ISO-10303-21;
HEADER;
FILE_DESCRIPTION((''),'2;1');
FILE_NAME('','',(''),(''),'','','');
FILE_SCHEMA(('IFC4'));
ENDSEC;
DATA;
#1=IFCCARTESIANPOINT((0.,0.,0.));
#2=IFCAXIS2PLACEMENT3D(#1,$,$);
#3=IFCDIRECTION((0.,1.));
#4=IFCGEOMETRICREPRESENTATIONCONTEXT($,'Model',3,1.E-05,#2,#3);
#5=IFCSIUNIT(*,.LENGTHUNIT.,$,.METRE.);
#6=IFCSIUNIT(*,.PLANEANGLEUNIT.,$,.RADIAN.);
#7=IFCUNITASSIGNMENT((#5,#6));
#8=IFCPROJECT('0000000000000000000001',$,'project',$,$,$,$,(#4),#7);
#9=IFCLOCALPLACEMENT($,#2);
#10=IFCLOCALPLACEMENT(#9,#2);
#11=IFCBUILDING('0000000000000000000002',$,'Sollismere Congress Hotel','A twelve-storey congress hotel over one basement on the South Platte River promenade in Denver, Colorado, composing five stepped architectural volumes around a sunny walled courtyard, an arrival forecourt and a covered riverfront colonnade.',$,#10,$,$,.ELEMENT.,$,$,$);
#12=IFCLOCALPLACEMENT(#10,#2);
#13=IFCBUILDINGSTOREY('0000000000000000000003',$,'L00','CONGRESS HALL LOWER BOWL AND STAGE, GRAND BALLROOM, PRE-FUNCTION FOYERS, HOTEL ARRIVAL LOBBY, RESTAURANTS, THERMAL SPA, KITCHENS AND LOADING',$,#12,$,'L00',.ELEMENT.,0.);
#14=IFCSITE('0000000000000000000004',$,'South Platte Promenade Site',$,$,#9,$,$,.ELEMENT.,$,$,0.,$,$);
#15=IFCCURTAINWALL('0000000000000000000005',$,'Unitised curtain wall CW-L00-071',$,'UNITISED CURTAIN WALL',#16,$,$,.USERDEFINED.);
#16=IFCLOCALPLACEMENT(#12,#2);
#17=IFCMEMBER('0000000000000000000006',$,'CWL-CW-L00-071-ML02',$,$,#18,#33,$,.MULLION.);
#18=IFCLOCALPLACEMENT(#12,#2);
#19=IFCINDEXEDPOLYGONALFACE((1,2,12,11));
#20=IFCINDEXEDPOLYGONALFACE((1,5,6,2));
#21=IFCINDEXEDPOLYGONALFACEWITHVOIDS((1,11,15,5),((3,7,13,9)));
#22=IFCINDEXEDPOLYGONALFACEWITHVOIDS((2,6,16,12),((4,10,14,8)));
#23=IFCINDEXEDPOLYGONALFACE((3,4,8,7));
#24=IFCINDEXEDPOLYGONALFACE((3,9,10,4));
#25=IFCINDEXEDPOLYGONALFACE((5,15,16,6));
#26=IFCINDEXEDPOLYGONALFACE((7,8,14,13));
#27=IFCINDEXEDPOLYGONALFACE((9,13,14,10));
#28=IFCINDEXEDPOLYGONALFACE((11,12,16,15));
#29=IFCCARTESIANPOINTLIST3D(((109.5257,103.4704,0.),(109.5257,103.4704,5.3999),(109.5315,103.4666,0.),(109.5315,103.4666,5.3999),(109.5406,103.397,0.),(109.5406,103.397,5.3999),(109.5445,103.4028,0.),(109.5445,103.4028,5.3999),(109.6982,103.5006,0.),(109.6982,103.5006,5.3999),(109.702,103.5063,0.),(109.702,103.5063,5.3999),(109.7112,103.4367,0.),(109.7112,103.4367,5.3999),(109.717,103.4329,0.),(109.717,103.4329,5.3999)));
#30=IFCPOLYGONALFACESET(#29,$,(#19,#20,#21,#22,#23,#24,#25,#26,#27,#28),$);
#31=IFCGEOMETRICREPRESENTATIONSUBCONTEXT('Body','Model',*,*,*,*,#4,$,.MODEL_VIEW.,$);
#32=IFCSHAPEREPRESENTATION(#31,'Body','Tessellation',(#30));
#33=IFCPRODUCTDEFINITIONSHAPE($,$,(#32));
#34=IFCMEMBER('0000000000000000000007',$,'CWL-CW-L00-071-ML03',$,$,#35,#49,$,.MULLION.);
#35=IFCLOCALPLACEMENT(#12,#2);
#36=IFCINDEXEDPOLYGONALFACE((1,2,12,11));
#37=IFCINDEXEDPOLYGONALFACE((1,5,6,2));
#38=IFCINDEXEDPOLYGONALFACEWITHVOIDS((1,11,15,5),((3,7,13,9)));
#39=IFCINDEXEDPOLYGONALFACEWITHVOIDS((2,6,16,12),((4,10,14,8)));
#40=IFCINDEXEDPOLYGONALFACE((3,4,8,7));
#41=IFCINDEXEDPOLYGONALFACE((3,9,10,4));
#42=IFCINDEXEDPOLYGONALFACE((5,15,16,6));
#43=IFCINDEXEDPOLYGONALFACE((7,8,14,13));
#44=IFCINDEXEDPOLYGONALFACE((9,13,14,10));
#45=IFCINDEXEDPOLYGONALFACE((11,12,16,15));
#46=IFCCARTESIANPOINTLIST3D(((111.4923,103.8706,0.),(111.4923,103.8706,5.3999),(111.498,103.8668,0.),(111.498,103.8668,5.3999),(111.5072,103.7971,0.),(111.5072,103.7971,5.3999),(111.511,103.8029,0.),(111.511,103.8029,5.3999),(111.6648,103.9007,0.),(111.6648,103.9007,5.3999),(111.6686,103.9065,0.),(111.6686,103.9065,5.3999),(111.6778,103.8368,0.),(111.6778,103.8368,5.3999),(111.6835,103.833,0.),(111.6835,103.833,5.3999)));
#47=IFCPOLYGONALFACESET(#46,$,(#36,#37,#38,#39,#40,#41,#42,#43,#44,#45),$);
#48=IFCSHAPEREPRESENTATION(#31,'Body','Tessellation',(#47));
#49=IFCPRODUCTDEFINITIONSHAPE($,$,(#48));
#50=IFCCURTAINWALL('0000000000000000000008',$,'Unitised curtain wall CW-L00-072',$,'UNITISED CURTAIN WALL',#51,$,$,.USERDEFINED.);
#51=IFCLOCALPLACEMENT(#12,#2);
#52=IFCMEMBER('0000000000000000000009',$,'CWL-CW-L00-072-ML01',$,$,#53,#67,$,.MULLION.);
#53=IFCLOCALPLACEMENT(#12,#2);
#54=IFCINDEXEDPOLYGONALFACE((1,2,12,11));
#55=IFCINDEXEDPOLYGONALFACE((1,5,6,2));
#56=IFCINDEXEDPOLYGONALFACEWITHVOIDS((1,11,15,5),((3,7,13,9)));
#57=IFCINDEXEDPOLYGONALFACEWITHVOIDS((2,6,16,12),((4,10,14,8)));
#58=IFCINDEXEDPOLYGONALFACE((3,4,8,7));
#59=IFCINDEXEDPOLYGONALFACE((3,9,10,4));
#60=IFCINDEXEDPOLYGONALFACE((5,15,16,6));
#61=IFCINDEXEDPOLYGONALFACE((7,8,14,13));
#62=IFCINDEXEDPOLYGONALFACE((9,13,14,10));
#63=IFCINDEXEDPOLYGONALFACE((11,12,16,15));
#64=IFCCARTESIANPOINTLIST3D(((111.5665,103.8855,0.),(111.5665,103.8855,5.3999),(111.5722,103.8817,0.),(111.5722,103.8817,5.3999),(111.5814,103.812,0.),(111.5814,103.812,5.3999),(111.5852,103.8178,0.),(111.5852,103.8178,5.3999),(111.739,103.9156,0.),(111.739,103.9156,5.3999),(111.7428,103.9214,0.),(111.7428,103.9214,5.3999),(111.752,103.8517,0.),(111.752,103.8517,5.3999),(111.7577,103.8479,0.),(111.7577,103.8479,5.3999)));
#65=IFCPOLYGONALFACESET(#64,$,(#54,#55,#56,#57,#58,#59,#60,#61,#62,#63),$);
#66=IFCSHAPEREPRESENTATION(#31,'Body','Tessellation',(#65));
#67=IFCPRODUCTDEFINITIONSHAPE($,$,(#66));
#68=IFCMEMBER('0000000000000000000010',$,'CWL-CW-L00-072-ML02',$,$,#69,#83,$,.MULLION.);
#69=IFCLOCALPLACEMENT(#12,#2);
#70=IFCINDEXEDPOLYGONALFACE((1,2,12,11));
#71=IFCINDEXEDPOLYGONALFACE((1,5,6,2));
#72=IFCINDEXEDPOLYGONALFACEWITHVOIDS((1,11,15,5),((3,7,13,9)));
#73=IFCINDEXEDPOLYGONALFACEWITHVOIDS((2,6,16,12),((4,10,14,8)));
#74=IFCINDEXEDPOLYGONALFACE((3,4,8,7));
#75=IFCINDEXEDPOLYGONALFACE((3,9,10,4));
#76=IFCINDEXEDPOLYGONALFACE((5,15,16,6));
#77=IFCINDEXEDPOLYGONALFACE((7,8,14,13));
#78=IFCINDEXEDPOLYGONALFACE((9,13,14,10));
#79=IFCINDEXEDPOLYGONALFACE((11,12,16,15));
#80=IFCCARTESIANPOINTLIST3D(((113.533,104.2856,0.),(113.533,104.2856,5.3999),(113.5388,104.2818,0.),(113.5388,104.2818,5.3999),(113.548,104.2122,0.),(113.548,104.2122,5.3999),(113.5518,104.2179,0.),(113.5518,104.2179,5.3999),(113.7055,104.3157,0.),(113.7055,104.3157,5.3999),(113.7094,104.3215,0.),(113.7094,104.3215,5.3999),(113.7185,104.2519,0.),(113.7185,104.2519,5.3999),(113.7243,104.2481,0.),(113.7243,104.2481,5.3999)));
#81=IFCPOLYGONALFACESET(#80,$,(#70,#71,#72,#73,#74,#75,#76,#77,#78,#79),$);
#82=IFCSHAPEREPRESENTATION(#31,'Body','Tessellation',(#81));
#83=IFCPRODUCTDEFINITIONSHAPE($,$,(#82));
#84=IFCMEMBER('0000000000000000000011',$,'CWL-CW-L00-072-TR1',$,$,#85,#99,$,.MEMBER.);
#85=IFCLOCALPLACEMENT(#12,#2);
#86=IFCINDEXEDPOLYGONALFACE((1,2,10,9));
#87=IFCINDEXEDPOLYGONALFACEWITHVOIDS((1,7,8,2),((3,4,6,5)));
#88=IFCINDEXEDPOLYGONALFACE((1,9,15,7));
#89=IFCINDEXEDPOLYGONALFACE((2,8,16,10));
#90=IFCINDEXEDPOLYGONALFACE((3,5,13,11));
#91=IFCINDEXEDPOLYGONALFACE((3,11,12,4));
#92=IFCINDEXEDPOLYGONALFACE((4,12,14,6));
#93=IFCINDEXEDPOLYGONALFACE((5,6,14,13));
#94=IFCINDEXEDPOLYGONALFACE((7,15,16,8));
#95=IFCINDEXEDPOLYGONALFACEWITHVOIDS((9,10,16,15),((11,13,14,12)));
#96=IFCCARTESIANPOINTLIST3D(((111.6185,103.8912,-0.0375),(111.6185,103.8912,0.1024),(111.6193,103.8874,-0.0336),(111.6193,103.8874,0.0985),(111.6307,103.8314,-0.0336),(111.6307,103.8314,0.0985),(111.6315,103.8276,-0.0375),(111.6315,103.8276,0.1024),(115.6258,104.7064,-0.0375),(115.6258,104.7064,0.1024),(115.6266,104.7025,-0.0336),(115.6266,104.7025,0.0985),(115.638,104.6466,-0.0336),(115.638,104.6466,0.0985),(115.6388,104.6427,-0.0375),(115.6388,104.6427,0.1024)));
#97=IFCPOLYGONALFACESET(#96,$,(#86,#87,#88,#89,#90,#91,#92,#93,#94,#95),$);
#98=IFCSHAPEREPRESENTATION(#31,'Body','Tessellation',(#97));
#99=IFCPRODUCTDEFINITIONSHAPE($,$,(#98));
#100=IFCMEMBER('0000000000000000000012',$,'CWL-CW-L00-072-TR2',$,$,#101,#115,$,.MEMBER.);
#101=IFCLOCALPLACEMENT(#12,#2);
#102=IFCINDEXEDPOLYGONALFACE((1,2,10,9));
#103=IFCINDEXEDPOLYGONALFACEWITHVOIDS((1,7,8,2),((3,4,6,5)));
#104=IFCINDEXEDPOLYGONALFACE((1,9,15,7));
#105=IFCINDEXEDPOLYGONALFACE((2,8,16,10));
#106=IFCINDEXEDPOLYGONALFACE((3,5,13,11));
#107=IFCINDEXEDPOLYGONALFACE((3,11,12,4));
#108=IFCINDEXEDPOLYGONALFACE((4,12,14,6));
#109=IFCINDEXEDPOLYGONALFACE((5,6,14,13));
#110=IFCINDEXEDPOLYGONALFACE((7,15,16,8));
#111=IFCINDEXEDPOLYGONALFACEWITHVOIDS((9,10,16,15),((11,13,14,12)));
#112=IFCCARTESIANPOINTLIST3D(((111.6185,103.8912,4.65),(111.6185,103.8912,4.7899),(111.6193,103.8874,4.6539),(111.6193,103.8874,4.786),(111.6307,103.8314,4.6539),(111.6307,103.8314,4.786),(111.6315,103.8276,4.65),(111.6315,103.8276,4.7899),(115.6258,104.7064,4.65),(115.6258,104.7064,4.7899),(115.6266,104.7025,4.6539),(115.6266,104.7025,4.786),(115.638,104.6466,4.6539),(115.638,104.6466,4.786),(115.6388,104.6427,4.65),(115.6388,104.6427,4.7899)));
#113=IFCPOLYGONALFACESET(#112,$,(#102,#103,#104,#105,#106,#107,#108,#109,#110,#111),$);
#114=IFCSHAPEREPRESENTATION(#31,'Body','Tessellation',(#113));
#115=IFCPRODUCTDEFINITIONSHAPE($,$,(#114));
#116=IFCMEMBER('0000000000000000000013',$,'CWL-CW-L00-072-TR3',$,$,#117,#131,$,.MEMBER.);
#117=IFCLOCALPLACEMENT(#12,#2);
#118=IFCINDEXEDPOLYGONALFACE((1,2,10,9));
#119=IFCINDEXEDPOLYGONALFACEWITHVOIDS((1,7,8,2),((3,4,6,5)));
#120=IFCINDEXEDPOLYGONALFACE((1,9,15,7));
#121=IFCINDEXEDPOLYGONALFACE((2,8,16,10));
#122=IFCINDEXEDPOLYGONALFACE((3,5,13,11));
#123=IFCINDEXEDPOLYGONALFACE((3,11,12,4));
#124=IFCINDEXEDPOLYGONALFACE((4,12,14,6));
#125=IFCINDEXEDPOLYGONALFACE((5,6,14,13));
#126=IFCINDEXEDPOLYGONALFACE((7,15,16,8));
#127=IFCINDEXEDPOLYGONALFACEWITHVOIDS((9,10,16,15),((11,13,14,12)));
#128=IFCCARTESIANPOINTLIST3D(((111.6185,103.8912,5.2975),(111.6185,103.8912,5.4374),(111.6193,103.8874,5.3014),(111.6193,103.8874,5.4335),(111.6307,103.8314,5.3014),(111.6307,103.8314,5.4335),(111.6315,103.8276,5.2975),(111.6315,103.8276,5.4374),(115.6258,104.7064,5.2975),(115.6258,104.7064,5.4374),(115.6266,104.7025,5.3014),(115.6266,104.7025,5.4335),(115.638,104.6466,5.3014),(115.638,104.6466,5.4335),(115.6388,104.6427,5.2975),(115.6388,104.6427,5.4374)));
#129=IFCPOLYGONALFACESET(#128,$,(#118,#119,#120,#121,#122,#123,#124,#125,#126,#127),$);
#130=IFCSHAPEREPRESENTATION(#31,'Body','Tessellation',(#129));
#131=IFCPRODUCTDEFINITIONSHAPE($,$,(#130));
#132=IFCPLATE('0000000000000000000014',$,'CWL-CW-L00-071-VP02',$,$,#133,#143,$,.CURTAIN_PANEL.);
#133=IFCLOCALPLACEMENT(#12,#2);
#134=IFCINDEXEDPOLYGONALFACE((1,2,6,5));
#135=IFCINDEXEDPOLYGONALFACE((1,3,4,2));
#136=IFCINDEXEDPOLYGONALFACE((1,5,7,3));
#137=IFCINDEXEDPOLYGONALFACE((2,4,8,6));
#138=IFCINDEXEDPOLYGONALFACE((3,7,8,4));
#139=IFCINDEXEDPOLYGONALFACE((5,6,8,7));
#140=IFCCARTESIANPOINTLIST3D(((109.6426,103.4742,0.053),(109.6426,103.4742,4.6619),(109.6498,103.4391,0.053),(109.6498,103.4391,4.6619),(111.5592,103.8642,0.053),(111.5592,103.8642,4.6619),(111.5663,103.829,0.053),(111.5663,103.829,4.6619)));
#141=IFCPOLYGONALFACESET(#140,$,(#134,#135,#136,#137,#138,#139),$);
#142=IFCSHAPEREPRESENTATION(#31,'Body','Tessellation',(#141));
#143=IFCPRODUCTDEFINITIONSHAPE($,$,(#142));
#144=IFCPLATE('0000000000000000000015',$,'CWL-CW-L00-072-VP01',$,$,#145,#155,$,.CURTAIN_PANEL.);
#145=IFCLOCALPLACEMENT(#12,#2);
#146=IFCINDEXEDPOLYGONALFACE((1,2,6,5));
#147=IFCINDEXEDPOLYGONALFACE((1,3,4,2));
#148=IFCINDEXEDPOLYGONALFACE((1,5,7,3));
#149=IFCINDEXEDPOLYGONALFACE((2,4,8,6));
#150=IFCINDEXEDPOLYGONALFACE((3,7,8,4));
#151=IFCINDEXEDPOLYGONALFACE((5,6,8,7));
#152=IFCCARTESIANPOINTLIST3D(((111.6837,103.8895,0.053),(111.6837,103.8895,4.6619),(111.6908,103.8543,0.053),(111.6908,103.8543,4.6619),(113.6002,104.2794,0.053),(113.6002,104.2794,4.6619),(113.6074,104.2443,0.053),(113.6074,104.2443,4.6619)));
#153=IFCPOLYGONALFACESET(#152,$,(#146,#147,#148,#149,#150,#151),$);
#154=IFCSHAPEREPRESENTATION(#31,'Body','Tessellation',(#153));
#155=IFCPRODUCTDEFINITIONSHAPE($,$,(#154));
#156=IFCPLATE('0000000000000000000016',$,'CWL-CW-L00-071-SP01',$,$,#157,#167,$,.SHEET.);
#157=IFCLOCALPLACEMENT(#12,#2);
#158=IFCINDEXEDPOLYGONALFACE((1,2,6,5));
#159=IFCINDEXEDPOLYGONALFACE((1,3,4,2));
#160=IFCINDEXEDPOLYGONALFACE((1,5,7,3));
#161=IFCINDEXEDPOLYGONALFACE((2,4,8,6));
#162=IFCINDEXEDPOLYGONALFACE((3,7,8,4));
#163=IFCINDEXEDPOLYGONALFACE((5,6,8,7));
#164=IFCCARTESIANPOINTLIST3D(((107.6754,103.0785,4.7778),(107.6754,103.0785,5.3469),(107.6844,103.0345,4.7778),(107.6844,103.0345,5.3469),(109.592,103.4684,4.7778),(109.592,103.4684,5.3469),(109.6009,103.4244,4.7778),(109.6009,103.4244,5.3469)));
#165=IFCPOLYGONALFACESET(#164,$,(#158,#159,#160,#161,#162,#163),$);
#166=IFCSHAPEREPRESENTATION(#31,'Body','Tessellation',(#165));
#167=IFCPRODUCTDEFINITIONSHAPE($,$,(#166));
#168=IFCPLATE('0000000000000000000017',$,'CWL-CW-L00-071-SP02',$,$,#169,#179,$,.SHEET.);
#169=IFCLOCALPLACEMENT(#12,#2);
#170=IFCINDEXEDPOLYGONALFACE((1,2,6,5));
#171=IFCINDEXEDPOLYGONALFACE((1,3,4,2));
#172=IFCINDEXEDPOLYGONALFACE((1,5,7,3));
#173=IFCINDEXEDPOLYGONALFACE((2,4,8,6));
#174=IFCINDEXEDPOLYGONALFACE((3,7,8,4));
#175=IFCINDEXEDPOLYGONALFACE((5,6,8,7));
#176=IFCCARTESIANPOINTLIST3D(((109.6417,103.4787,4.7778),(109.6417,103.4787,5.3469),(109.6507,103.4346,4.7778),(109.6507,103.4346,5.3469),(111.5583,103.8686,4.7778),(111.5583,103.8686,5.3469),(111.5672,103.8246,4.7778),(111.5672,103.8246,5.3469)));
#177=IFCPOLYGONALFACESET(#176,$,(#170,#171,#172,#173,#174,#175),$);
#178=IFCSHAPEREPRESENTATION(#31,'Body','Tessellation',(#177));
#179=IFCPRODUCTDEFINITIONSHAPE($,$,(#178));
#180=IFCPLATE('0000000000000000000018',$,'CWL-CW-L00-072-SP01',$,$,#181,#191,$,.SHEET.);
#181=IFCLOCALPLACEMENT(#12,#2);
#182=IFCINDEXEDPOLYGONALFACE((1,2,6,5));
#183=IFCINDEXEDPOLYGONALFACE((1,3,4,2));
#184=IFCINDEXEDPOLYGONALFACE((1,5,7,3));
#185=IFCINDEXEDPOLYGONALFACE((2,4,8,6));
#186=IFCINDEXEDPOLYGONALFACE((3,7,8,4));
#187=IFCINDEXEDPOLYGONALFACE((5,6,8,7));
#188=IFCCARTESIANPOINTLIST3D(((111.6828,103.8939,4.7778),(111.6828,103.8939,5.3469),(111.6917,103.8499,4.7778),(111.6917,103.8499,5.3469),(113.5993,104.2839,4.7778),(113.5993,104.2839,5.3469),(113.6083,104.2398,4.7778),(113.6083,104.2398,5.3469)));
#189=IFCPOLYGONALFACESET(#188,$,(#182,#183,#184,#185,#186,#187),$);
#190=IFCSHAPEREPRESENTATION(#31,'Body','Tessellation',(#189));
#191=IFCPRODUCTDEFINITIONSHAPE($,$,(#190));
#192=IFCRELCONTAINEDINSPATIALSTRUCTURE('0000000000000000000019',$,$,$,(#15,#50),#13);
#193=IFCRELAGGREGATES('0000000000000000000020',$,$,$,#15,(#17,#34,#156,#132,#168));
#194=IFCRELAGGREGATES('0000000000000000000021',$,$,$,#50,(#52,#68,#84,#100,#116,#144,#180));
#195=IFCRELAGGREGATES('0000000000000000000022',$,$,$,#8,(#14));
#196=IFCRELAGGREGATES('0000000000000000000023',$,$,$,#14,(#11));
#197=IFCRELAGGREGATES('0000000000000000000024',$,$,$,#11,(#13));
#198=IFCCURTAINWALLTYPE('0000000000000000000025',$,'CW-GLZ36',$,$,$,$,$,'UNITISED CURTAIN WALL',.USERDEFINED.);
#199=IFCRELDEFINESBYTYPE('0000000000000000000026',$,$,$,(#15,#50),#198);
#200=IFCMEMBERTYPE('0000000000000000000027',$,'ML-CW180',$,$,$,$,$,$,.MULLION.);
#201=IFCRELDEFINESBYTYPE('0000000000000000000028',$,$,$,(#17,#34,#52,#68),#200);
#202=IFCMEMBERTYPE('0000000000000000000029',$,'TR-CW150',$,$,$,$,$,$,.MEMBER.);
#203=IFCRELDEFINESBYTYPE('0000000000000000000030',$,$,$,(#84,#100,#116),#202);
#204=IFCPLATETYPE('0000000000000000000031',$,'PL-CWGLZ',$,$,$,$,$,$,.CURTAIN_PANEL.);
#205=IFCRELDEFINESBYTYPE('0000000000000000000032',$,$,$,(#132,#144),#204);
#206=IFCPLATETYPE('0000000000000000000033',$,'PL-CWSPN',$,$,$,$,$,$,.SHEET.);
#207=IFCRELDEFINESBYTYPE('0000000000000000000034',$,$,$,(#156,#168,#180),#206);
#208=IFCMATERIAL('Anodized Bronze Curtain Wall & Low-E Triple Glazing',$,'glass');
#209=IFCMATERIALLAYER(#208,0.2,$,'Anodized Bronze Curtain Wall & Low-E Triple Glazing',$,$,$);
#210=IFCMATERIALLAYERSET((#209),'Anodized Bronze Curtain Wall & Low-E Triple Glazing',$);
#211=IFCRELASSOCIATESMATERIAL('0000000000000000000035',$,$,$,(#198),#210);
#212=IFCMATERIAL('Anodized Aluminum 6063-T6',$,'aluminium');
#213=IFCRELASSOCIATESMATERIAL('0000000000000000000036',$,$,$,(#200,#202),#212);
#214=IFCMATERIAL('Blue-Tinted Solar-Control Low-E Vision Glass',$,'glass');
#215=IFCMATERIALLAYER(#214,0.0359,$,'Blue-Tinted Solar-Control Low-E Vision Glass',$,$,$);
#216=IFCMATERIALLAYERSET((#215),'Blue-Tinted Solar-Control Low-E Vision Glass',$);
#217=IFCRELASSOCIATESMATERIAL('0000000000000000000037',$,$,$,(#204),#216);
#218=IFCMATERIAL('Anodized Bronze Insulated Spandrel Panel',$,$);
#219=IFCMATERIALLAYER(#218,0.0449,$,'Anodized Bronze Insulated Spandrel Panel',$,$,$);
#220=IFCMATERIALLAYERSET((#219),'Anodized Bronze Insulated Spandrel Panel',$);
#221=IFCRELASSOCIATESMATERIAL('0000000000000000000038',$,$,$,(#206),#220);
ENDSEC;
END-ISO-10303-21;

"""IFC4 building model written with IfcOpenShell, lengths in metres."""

from ifc_helpers import new_model, si_unit, direction, frame, origin, origin_2d, place, context, subcontext, project, spatial, rectangle, hollow_rectangle, extrude, material, layer, layer_set, material_profile, profile_set, type_object, element, aggregate, save


model = new_model("IFC4")

# Units and contexts
model_context = context("Model", 3, precision=1e-05, world=origin(), true_north=direction((0.0, 1.0)))
body_context = subcontext(model_context, "Body", "Model", "MODEL_VIEW")
ifc_project = project(units=[si_unit("LENGTHUNIT", "METRE"), si_unit("PLANEANGLEUNIT", "RADIAN")], contexts=[model_context])

# Site, building, storey
site_placement = place(None, origin())
site = spatial("IfcSite", under=ifc_project, at=site_placement, Name="South Platte Promenade Site", CompositionType="ELEMENT", RefElevation=0.0)
building_placement = place(site_placement, origin())
building = spatial("IfcBuilding", under=site, at=building_placement, Name="Sollismere Congress Hotel", Description="A twelve-storey congress hotel over one basement on the South Platte River promenade in Denver, Colorado, composing five stepped architectural volumes around a sunny walled courtyard, an arrival forecourt and a covered riverfront colonnade.", CompositionType="ELEMENT")
storey_placement = place(building_placement, origin())
storey = spatial("IfcBuildingStorey", under=building, at=storey_placement, Name="L00", Description="CONGRESS HALL LOWER BOWL AND STAGE, GRAND BALLROOM, PRE-FUNCTION FOYERS, HOTEL ARRIVAL LOBBY, RESTAURANTS, THERMAL SPA, KITCHENS AND LOADING", LongName="L00", CompositionType="ELEMENT", Elevation=0.0)

# Curtain walls, members
ifc_material_1 = material(Name="Anodized Bronze Curtain Wall & Low-E Triple Glazing", Category="glass")
ifc_layer_1 = layer(ifc_material_1, 0.2, Name="Anodized Bronze Curtain Wall & Low-E Triple Glazing")
ifc_layer_set_1 = layer_set([ifc_layer_1], Name="Anodized Bronze Curtain Wall & Low-E Triple Glazing")
curtain_wall_type = type_object("IfcCurtainWallType", Name="CW-GLZ36", ElementType="UNITISED CURTAIN WALL", PredefinedType="USERDEFINED", material=ifc_layer_set_1)
curtain_wall_1_placement = place(storey_placement, origin())
curtain_wall_1 = element("IfcCurtainWall", 1, at=curtain_wall_1_placement, inside=storey, type_object=curtain_wall_type, Name="Unitised curtain wall CW-L00-071", ObjectType="UNITISED CURTAIN WALL", PredefinedType="USERDEFINED")
ifc_material_2 = material(Name="Anodized Aluminum 6063-T6", Category="aluminium")
ifc_material_profile_1 = material_profile(ifc_material_2, hollow_rectangle(XDim=0.075, YDim=0.1799, WallThickness=0.0049, at=origin_2d()), Name="ALU180X75X5")
ifc_profile_set_1 = profile_set([ifc_material_profile_1], Name="Anodized Aluminum 6063-T6")
member_type_1 = type_object("IfcMemberType", Name="ML-CW180", PredefinedType="MULLION", material=ifc_profile_set_1)
member_1_placement = place(storey_placement, frame((109.6213, 103.4517, 0.0), z_axis=(0.0, 0.0, 1.0), x_axis=(-0.199368, 0.979925, 0.0)))
member_1 = element("IfcMember", 2, at=member_1_placement, type_object=member_type_1, Name="CWL-CW-L00-071-ML02", PredefinedType="MULLION", context=body_context, shape_type="SweptSolid", body=[
    extrude(hollow_rectangle(XDim=0.075, YDim=0.1799, WallThickness=0.0049, at=origin_2d()), origin(), (0.0, 0.0, 1.0), 5.3999),
])
member_2_placement = place(storey_placement, frame((111.5879, 103.8518, 0.0), z_axis=(0.0, 0.0, 1.0), x_axis=(-0.199368, 0.979925, 0.0)))
member_2 = element("IfcMember", 3, at=member_2_placement, type_object=member_type_1, Name="CWL-CW-L00-071-ML03", PredefinedType="MULLION", context=body_context, shape_type="SweptSolid", body=[
    extrude(hollow_rectangle(XDim=0.075, YDim=0.1799, WallThickness=0.0049, at=origin_2d()), origin(), (0.0, 0.0, 1.0), 5.3999),
])
curtain_wall_2_placement = place(storey_placement, origin())
curtain_wall_2 = element("IfcCurtainWall", 4, at=curtain_wall_2_placement, inside=storey, type_object=curtain_wall_type, Name="Unitised curtain wall CW-L00-072", ObjectType="UNITISED CURTAIN WALL", PredefinedType="USERDEFINED")
member_3_placement = place(storey_placement, frame((111.6621, 103.8667, 0.0), z_axis=(0.0, 0.0, 1.0), x_axis=(-0.199368, 0.979925, 0.0)))
member_3 = element("IfcMember", 5, at=member_3_placement, type_object=member_type_1, Name="CWL-CW-L00-072-ML01", PredefinedType="MULLION", context=body_context, shape_type="SweptSolid", body=[
    extrude(hollow_rectangle(XDim=0.075, YDim=0.1799, WallThickness=0.0049, at=origin_2d()), origin(), (0.0, 0.0, 1.0), 5.3999),
])
member_4_placement = place(storey_placement, frame((113.6287, 104.2668, 0.0), z_axis=(0.0, 0.0, 1.0), x_axis=(-0.199368, 0.979925, 0.0)))
member_4 = element("IfcMember", 6, at=member_4_placement, type_object=member_type_1, Name="CWL-CW-L00-072-ML02", PredefinedType="MULLION", context=body_context, shape_type="SweptSolid", body=[
    extrude(hollow_rectangle(XDim=0.075, YDim=0.1799, WallThickness=0.0049, at=origin_2d()), origin(), (0.0, 0.0, 1.0), 5.3999),
])
ifc_material_profile_2 = material_profile(ifc_material_2, hollow_rectangle(XDim=0.0649, YDim=0.1399, WallThickness=0.0039, at=origin_2d()), Name="ALU140X65X4")
ifc_profile_set_2 = profile_set([ifc_material_profile_2], Name="Anodized Aluminum 6063-T6")
member_type_2 = type_object("IfcMemberType", Name="TR-CW150", PredefinedType="MEMBER", material=ifc_profile_set_2)
member_5_placement = place(storey_placement, frame((111.625, 103.8594, 0.0325), z_axis=(0.97993, 0.199341, 0.0), x_axis=(-0.199341, 0.97993, 0.0)))
member_5 = element("IfcMember", 7, at=member_5_placement, type_object=member_type_2, Name="CWL-CW-L00-072-TR1", PredefinedType="MEMBER", context=body_context, shape_type="SweptSolid", body=[
    extrude(hollow_rectangle(XDim=0.0649, YDim=0.1399, WallThickness=0.0039, at=origin_2d()), origin(), (0.0, 0.0, 1.0), 4.0894),
])
member_6_placement = place(storey_placement, frame((111.625, 103.8594, 4.72), z_axis=(0.97993, 0.199341, 0.0), x_axis=(-0.199341, 0.97993, 0.0)))
member_6 = element("IfcMember", 8, at=member_6_placement, type_object=member_type_2, Name="CWL-CW-L00-072-TR2", PredefinedType="MEMBER", context=body_context, shape_type="SweptSolid", body=[
    extrude(hollow_rectangle(XDim=0.0649, YDim=0.1399, WallThickness=0.0039, at=origin_2d()), origin(), (0.0, 0.0, 1.0), 4.0894),
])
member_7_placement = place(storey_placement, frame((111.625, 103.8594, 5.3674), z_axis=(0.97993, 0.199341, 0.0), x_axis=(-0.199341, 0.97993, 0.0)))
member_7 = element("IfcMember", 9, at=member_7_placement, type_object=member_type_2, Name="CWL-CW-L00-072-TR3", PredefinedType="MEMBER", context=body_context, shape_type="SweptSolid", body=[
    extrude(hollow_rectangle(XDim=0.0649, YDim=0.1399, WallThickness=0.0039, at=origin_2d()), origin(), (0.0, 0.0, 1.0), 4.0894),
])

# Plates
ifc_material_3 = material(Name="Blue-Tinted Solar-Control Low-E Vision Glass", Category="glass")
ifc_layer_2 = layer(ifc_material_3, 0.0359, Name="Blue-Tinted Solar-Control Low-E Vision Glass")
ifc_layer_set_2 = layer_set([ifc_layer_2], Name="Blue-Tinted Solar-Control Low-E Vision Glass")
plate_type_1 = type_object("IfcPlateType", Name="PL-CWGLZ", PredefinedType="CURTAIN_PANEL", material=ifc_layer_set_2)
plate_1_placement = place(storey_placement, frame((110.6045, 103.6516, 0.053), z_axis=(0.0, 0.0, 1.0), x_axis=(0.979925, 0.199368, 0.0)))
plate_1 = element("IfcPlate", 10, at=plate_1_placement, type_object=plate_type_1, Name="CWL-CW-L00-071-VP02", PredefinedType="CURTAIN_PANEL", context=body_context, shape_type="SweptSolid", body=[
    extrude(rectangle(XDim=1.9558, YDim=0.0359, at=origin_2d()), origin(), (0.0, 0.0, 1.0), 4.6089),
])
plate_2_placement = place(storey_placement, frame((112.6455, 104.0669, 0.053), z_axis=(0.0, 0.0, 1.0), x_axis=(0.979925, 0.199368, 0.0)))
plate_2 = element("IfcPlate", 11, at=plate_2_placement, type_object=plate_type_1, Name="CWL-CW-L00-072-VP01", PredefinedType="CURTAIN_PANEL", context=body_context, shape_type="SweptSolid", body=[
    extrude(rectangle(XDim=1.9558, YDim=0.0359, at=origin_2d()), origin(), (0.0, 0.0, 1.0), 4.6089),
])
ifc_material_4 = material(Name="Anodized Bronze Insulated Spandrel Panel")
ifc_layer_3 = layer(ifc_material_4, 0.0449, Name="Anodized Bronze Insulated Spandrel Panel")
ifc_layer_set_3 = layer_set([ifc_layer_3], Name="Anodized Bronze Insulated Spandrel Panel")
plate_type_2 = type_object("IfcPlateType", Name="PL-CWSPN", PredefinedType="SHEET", material=ifc_layer_set_3)
plate_3_placement = place(storey_placement, frame((108.6382, 103.2515, 4.7778), z_axis=(0.0, 0.0, 1.0), x_axis=(0.979925, 0.199368, 0.0)))
plate_3 = element("IfcPlate", 12, at=plate_3_placement, type_object=plate_type_2, Name="CWL-CW-L00-071-SP01", PredefinedType="SHEET", context=body_context, shape_type="SweptSolid", body=[
    extrude(rectangle(XDim=1.9558, YDim=0.0449, at=origin_2d()), origin(), (0.0, 0.0, 1.0), 0.5691),
])
plate_4_placement = place(storey_placement, frame((110.6045, 103.6516, 4.7778), z_axis=(0.0, 0.0, 1.0), x_axis=(0.979925, 0.199368, 0.0)))
plate_4 = element("IfcPlate", 13, at=plate_4_placement, type_object=plate_type_2, Name="CWL-CW-L00-071-SP02", PredefinedType="SHEET", context=body_context, shape_type="SweptSolid", body=[
    extrude(rectangle(XDim=1.9558, YDim=0.0449, at=origin_2d()), origin(), (0.0, 0.0, 1.0), 0.5691),
])
aggregate(curtain_wall_1, [member_1, member_2, plate_3, plate_1, plate_4])
plate_5_placement = place(storey_placement, frame((112.6455, 104.0669, 4.7778), z_axis=(0.0, 0.0, 1.0), x_axis=(0.979925, 0.199368, 0.0)))
plate_5 = element("IfcPlate", 14, at=plate_5_placement, type_object=plate_type_2, Name="CWL-CW-L00-072-SP01", PredefinedType="SHEET", context=body_context, shape_type="SweptSolid", body=[
    extrude(rectangle(XDim=1.9558, YDim=0.0449, at=origin_2d()), origin(), (0.0, 0.0, 1.0), 0.5691),
])
aggregate(curtain_wall_2, [member_3, member_4, member_5, member_6, member_7, plate_2, plate_5])

save(model, "model.ifc")
